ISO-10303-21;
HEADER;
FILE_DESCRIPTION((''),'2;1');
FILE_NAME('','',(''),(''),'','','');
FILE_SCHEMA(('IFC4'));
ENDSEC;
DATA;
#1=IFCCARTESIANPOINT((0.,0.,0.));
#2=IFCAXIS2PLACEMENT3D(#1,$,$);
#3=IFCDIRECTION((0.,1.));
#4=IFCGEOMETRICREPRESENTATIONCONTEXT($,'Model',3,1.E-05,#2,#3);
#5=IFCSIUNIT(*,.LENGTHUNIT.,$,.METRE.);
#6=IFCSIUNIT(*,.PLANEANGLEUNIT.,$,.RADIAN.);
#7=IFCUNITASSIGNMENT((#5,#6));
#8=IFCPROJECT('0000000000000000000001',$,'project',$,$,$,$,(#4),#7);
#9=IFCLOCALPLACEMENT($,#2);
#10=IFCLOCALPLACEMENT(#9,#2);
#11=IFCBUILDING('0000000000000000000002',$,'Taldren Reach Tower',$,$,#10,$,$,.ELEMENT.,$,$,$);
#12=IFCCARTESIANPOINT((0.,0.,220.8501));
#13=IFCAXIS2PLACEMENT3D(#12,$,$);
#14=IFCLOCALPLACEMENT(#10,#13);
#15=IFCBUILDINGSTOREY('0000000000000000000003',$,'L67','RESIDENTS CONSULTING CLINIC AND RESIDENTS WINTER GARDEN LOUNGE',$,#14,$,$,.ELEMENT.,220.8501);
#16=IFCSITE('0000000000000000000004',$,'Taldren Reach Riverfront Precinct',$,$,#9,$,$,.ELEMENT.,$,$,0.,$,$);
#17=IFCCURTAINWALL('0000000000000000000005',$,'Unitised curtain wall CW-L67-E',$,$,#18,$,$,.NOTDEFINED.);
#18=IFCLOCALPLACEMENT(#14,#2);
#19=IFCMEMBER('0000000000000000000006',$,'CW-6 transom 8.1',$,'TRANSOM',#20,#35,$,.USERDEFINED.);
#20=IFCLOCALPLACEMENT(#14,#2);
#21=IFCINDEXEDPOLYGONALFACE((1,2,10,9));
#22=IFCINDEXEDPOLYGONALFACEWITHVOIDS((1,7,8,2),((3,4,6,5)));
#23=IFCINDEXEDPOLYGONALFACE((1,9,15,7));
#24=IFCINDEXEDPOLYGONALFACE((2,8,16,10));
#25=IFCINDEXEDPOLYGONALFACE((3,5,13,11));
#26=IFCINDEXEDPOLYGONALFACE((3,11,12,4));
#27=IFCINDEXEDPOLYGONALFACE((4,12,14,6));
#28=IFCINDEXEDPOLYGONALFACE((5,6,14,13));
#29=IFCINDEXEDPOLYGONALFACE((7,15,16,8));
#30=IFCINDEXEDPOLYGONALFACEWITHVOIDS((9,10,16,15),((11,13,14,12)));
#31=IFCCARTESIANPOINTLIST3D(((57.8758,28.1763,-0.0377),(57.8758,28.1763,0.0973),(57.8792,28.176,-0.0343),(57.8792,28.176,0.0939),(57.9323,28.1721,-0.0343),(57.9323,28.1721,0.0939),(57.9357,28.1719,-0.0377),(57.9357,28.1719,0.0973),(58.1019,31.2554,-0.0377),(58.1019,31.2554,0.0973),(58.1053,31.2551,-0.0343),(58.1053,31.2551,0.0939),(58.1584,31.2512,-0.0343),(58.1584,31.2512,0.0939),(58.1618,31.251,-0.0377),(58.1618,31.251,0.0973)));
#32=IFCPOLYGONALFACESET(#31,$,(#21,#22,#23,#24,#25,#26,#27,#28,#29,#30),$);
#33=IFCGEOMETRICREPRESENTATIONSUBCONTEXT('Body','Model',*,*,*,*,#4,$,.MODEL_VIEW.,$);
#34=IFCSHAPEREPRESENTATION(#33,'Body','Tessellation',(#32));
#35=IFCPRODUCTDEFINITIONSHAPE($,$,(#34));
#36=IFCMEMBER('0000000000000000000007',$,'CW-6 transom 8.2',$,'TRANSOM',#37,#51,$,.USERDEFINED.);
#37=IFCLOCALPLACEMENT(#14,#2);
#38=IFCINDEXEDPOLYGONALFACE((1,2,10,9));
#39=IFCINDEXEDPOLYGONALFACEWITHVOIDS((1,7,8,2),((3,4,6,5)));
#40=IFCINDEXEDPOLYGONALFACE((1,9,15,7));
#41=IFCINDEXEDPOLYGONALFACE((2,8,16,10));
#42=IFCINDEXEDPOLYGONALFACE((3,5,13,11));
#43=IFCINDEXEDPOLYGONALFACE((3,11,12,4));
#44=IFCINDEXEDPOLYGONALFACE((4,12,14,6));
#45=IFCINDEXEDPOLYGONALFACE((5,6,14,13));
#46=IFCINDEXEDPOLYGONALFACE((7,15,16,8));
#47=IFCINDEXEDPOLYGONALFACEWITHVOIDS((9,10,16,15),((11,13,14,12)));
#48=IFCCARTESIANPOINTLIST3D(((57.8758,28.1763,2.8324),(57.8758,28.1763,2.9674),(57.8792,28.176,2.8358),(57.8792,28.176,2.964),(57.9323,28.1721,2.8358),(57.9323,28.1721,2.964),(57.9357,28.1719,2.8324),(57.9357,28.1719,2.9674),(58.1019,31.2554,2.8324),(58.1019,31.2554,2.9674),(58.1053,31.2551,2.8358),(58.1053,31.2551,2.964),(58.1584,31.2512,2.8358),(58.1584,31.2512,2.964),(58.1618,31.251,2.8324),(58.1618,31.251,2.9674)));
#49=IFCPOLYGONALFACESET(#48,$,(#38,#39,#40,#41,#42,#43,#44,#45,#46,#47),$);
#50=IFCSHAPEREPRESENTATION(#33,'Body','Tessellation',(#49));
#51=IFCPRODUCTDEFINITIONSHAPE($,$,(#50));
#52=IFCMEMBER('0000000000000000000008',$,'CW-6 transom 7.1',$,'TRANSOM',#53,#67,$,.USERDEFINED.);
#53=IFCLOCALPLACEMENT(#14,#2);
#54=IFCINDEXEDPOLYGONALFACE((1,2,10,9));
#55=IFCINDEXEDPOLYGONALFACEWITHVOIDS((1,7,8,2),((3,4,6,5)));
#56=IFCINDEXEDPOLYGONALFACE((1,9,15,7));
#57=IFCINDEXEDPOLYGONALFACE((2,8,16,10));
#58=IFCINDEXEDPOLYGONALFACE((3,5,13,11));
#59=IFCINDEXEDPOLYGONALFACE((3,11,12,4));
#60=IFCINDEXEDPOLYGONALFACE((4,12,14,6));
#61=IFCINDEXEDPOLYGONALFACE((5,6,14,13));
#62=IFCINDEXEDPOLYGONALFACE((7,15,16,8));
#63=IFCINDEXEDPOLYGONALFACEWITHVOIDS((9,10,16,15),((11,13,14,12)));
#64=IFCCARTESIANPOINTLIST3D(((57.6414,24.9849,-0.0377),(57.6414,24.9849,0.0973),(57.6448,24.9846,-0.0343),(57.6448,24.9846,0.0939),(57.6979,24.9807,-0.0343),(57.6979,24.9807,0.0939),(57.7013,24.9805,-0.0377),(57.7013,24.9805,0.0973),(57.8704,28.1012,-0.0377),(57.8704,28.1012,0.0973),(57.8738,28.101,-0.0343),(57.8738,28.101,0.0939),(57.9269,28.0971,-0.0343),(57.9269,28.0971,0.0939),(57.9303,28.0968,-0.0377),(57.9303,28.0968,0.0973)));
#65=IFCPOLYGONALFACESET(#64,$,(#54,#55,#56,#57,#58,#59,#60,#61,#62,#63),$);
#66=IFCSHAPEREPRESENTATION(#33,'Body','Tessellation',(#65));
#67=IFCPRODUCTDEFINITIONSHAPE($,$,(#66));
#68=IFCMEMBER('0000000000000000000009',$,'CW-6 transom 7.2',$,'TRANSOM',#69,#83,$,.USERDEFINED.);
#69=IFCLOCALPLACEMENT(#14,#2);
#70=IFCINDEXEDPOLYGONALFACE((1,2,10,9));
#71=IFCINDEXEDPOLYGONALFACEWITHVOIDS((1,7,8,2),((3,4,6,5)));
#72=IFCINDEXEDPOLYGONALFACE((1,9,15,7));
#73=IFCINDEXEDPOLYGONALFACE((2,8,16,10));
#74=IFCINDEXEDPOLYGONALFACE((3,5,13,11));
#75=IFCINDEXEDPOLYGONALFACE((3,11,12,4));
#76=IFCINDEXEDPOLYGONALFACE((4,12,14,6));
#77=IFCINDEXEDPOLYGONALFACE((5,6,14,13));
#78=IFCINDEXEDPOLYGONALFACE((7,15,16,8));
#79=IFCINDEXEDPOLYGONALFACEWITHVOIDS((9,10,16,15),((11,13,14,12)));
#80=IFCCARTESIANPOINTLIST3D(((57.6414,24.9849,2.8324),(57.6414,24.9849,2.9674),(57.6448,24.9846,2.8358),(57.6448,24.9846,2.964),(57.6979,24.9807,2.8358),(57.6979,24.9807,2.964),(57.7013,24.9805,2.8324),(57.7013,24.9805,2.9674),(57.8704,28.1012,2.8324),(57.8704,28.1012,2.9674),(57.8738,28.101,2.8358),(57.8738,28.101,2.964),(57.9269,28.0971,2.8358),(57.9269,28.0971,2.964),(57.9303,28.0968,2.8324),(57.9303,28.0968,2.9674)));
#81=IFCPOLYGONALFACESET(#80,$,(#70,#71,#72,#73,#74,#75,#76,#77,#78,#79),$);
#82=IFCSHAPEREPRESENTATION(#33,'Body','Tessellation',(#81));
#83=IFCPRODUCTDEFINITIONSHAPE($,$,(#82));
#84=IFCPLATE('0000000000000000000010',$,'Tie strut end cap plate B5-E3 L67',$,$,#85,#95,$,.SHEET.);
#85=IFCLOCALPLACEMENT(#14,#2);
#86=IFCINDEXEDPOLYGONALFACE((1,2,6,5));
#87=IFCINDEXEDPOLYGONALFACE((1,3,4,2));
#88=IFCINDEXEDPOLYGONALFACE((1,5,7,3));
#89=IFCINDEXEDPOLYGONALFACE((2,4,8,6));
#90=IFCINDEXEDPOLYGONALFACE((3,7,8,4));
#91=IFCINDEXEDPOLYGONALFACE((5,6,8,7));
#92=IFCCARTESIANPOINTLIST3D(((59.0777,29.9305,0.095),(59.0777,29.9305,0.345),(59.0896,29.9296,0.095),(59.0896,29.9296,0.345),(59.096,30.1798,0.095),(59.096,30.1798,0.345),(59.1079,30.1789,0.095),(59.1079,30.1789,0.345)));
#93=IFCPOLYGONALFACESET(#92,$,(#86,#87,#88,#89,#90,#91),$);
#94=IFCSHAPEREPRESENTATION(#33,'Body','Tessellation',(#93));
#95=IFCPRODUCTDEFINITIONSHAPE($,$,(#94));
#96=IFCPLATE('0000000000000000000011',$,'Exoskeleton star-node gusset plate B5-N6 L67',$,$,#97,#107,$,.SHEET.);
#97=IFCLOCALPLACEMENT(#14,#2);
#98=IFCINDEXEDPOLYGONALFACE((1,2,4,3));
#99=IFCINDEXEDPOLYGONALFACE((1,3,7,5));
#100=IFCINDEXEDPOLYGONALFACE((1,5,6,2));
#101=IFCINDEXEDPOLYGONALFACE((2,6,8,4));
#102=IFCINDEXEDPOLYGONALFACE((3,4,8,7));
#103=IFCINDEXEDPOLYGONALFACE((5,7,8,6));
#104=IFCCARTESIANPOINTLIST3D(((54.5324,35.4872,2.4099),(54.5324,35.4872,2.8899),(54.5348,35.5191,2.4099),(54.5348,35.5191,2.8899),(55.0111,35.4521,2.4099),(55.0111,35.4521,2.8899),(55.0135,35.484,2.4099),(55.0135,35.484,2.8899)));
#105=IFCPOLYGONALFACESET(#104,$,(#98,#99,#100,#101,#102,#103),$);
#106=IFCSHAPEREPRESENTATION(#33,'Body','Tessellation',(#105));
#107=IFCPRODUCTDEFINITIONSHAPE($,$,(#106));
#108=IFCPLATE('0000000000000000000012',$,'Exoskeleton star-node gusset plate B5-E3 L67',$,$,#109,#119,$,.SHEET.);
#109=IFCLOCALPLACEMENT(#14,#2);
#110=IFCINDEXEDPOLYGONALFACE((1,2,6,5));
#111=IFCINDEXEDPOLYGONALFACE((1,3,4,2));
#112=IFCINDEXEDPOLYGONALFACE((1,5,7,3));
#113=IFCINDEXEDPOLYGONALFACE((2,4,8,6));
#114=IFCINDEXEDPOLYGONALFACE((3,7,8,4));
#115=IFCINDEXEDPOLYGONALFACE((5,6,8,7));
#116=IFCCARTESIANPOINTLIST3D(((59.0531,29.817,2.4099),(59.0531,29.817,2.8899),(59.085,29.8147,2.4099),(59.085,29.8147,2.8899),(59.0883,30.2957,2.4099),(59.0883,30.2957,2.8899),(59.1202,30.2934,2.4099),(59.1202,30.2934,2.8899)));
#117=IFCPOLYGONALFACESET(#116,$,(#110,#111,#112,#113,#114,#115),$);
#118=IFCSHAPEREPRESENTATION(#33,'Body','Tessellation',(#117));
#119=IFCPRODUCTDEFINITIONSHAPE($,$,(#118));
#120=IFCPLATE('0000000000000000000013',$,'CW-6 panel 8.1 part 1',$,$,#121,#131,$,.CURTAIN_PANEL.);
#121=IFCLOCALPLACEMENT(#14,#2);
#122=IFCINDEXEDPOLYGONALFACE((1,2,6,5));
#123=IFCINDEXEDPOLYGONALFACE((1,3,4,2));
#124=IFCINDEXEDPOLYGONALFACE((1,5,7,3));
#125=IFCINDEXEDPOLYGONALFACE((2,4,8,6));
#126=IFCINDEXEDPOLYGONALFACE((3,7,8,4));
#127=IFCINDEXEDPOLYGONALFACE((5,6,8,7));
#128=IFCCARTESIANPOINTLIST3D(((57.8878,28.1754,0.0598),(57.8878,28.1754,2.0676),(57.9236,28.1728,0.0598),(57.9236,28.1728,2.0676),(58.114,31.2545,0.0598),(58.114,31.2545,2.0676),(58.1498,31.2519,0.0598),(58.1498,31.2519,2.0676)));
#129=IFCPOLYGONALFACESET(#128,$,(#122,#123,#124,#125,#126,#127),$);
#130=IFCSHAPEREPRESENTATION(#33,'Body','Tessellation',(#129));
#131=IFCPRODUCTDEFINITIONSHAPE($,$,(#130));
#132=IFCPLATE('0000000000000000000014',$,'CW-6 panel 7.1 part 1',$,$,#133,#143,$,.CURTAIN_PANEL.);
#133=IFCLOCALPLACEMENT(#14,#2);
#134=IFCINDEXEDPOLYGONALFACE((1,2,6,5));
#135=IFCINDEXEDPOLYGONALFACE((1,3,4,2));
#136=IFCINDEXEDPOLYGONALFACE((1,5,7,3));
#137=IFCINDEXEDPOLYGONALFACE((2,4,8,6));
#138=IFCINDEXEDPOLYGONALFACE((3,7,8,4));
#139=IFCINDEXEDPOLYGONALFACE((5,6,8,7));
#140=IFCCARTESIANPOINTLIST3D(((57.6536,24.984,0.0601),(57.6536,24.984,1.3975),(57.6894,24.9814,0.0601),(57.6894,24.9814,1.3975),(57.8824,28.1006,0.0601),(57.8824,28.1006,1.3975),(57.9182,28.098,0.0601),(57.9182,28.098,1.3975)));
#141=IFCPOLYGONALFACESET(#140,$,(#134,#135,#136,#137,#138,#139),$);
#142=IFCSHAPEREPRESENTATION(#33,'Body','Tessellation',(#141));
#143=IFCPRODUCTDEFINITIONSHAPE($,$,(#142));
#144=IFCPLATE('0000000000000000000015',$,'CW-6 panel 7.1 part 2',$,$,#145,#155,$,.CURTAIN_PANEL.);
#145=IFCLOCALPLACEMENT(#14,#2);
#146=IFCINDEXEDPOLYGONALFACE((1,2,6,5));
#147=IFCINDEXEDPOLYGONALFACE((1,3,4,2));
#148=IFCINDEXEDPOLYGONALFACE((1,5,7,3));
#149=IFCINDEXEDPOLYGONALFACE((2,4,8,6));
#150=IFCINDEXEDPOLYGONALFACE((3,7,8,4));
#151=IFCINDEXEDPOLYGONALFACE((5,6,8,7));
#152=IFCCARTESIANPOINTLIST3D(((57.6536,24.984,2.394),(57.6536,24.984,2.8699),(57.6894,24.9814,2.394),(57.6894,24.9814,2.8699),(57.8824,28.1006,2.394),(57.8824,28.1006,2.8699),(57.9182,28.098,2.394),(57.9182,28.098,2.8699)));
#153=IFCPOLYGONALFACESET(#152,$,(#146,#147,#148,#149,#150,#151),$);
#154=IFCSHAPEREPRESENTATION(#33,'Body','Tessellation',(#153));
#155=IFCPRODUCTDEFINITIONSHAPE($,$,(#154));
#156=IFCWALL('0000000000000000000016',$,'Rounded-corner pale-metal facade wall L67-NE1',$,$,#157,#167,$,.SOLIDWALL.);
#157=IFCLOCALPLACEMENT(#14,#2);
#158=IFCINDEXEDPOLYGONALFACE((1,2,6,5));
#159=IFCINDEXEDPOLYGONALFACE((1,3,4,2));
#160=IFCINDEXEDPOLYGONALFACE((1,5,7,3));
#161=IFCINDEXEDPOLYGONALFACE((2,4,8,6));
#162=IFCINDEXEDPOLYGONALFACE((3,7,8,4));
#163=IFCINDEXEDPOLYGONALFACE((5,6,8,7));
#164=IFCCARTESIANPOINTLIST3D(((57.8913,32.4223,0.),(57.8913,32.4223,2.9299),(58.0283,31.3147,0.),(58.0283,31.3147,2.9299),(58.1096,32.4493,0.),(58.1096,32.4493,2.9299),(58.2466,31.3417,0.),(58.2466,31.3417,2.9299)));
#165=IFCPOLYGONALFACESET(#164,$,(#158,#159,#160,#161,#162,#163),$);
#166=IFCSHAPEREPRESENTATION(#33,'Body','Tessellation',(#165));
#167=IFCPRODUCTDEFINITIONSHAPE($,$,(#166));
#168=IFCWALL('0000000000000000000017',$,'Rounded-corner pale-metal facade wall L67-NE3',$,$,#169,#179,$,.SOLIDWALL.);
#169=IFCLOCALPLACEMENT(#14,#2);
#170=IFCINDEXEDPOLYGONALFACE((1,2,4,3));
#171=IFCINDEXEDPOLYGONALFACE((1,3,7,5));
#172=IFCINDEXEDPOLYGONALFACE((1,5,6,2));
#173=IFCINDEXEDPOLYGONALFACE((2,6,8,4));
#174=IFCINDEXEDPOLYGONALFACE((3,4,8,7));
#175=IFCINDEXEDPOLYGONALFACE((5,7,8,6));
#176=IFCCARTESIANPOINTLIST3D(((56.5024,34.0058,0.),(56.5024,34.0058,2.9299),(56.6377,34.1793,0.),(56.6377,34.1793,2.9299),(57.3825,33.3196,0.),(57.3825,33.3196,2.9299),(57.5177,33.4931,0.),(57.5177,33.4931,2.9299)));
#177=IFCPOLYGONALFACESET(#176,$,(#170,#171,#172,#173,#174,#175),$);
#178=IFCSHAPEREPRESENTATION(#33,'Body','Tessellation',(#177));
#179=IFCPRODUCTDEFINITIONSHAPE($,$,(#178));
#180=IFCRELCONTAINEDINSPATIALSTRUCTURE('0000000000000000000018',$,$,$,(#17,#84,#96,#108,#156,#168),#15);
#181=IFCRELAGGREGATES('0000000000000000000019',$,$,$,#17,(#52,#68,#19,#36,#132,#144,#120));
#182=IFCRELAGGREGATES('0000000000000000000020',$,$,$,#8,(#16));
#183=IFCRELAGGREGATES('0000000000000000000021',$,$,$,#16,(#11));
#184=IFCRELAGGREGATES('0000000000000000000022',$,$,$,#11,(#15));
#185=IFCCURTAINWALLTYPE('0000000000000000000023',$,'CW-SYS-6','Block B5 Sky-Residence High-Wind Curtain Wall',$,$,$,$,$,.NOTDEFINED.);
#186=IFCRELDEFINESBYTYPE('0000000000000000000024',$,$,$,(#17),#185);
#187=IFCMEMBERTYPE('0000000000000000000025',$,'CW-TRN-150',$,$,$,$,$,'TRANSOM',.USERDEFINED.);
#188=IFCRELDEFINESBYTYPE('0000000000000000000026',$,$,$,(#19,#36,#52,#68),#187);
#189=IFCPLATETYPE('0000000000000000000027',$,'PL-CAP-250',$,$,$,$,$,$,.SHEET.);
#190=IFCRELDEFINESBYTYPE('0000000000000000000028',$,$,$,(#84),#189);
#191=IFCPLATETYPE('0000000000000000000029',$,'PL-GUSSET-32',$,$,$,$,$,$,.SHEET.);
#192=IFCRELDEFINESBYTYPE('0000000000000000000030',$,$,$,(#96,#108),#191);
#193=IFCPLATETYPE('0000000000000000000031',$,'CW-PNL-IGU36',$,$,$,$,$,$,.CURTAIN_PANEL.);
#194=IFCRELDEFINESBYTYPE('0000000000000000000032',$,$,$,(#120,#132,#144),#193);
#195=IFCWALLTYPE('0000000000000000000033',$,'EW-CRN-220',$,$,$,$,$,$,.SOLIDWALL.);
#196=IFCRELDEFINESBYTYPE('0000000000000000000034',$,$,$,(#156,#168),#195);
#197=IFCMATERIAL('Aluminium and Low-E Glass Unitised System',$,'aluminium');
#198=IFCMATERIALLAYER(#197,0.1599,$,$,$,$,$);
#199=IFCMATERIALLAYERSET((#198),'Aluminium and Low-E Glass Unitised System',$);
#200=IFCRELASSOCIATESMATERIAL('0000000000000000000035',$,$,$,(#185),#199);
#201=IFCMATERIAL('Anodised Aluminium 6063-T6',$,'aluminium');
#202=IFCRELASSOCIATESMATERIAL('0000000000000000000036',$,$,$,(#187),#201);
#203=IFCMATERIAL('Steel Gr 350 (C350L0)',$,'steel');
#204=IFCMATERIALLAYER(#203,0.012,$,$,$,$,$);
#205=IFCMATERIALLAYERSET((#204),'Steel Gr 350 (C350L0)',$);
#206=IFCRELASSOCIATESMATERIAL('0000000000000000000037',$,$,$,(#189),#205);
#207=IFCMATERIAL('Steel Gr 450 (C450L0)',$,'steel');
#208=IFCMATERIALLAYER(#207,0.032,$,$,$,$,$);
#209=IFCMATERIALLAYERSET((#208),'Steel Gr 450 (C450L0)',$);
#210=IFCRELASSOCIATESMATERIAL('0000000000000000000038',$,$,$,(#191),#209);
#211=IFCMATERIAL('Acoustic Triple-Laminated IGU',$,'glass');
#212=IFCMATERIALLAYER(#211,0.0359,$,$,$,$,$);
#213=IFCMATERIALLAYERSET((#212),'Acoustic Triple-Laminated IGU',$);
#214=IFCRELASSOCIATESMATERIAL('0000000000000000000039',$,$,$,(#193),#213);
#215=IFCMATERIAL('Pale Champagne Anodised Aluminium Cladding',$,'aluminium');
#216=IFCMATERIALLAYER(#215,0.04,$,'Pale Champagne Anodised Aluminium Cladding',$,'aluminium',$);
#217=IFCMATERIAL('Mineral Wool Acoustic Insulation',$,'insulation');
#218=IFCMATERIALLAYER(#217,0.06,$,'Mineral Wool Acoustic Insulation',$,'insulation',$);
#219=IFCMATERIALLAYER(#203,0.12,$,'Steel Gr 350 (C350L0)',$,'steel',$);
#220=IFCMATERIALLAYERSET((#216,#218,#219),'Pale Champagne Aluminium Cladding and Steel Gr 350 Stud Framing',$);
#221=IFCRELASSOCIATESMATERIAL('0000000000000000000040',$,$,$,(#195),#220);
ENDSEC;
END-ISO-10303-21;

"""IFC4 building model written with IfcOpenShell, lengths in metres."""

from ifc_helpers import new_model, si_unit, direction, frame, frame_2d, origin, origin_2d, place, context, subcontext, project, spatial, rectangle, hollow_rectangle, extrude, source, transform, mapped, material, layer, layer_set, material_profile, profile_set, type_object, element, aggregate, save


model = new_model("IFC4")

# Units and contexts
model_context = context("Model", 3, precision=1e-05, world=origin(), true_north=direction((0.0, 1.0)))
body_context = subcontext(model_context, "Body", "Model", "MODEL_VIEW")
ifc_project = project(units=[si_unit("LENGTHUNIT", "METRE"), si_unit("PLANEANGLEUNIT", "RADIAN")], contexts=[model_context])

# Site, building, storey
site_placement = place(None, origin())
site = spatial("IfcSite", under=ifc_project, at=site_placement, Name="Taldren Reach Riverfront Precinct", CompositionType="ELEMENT", RefElevation=0.0)
building_placement = place(site_placement, origin())
building = spatial("IfcBuilding", under=site, at=building_placement, Name="Taldren Reach Tower", CompositionType="ELEMENT")
storey_placement = place(building_placement, frame((0.0, 0.0, 220.8501)))
storey = spatial("IfcBuildingStorey", under=building, at=storey_placement, Name="L67", Description="RESIDENTS CONSULTING CLINIC AND RESIDENTS WINTER GARDEN LOUNGE", CompositionType="ELEMENT", Elevation=220.8501)

# Shared definitions
ifc_material_1 = material(Name="Steel Gr 350 (C350L0)", Category="steel")

# Shared definitions
ifc_material_2 = material(Name="Steel Gr 450 (C450L0)", Category="steel")

# Shared definitions
ifc_material_3 = material(Name="Aluminium and Low-E Glass Unitised System", Category="aluminium")
ifc_layer_1 = layer(ifc_material_3, 0.1599)
ifc_layer_set_1 = layer_set([ifc_layer_1], Name="Aluminium and Low-E Glass Unitised System")
curtain_wall_type = type_object("IfcCurtainWallType", Name="CW-SYS-6", Description="Block B5 Sky-Residence High-Wind Curtain Wall", PredefinedType="NOTDEFINED", material=ifc_layer_set_1)
ifc_material_4 = material(Name="Anodised Aluminium 6063-T6", Category="aluminium")

# Curtain wall
curtain_wall_1_placement = place(storey_placement, origin())
curtain_wall_1 = element("IfcCurtainWall", 1, at=curtain_wall_1_placement, inside=storey, type_object=curtain_wall_type, Name="Unitised curtain wall CW-L67-E", PredefinedType="NOTDEFINED")

# Members
ifc_material_profile_1 = material_profile(ifc_material_4, hollow_rectangle(XDim=0.0601, YDim=0.135, WallThickness=0.0034, at=origin_2d()), Name="ALU-135x60x3.5RHS")
ifc_profile_set_1 = profile_set([ifc_material_profile_1], Name="Anodised Aluminium 6063-T6")
member_type_1 = type_object("IfcMemberType", Name="CW-TRN-150", ElementType="TRANSOM", PredefinedType="USERDEFINED", material=ifc_profile_set_1)
shared_shape_1 = source(origin(), body_context, "Body", "SweptSolid", [
    extrude(hollow_rectangle(XDim=0.0601, YDim=0.135, WallThickness=0.0034, at=origin_2d()), origin(), (0.0, 0.0, 1.0), 3.0874),
])
member_1_placement = place(storey_placement, frame((57.9058, 28.1741, 0.0298), z_axis=(0.073225, 0.997315, 0.0), x_axis=(-0.997315, 0.073225, 0.0)))
member_1 = element("IfcMember", 2, at=member_1_placement, type_object=member_type_1, Name="CW-6 transom 8.1", ObjectType="TRANSOM", PredefinedType="USERDEFINED", context=body_context, shape_type="MappedRepresentation", body=[
    mapped(shared_shape_1, transform((0.0, 0.0, 0.0), scale=1.0)),
])
member_2_placement = place(storey_placement, frame((57.9058, 28.1741, 2.8999), z_axis=(0.073225, 0.997315, 0.0), x_axis=(-0.997315, 0.073225, 0.0)))
member_2 = element("IfcMember", 3, at=member_2_placement, type_object=member_type_1, Name="CW-6 transom 8.2", ObjectType="TRANSOM", PredefinedType="USERDEFINED", context=body_context, shape_type="MappedRepresentation", body=[
    mapped(shared_shape_1, transform((0.0, 0.0, 0.0), scale=1.0)),
])
shared_shape_2 = source(origin(), body_context, "Body", "SweptSolid", [
    extrude(hollow_rectangle(XDim=0.0601, YDim=0.135, WallThickness=0.0034, at=origin_2d()), origin(), (0.0, 0.0, 1.0), 3.1248),
])
member_3_placement = place(storey_placement, frame((57.6714, 24.9827, 0.0298), z_axis=(0.073285, 0.997311, 0.0), x_axis=(-0.997311, 0.073285, 0.0)))
member_3 = element("IfcMember", 4, at=member_3_placement, type_object=member_type_1, Name="CW-6 transom 7.1", ObjectType="TRANSOM", PredefinedType="USERDEFINED", context=body_context, shape_type="MappedRepresentation", body=[
    mapped(shared_shape_2, transform((0.0, 0.0, 0.0), scale=1.0)),
])
member_4_placement = place(storey_placement, frame((57.6714, 24.9827, 2.8999), z_axis=(0.073285, 0.997311, 0.0), x_axis=(-0.997311, 0.073285, 0.0)))
member_4 = element("IfcMember", 5, at=member_4_placement, type_object=member_type_1, Name="CW-6 transom 7.2", ObjectType="TRANSOM", PredefinedType="USERDEFINED", context=body_context, shape_type="MappedRepresentation", body=[
    mapped(shared_shape_2, transform((0.0, 0.0, 0.0), scale=1.0)),
])

# Plates
ifc_layer_2 = layer(ifc_material_1, 0.012)
ifc_layer_set_2 = layer_set([ifc_layer_2], Name="Steel Gr 350 (C350L0)")
plate_type_1 = type_object("IfcPlateType", Name="PL-CAP-250", PredefinedType="SHEET", material=ifc_layer_set_2)
shared_shape_3 = source(origin(), body_context, "Body", "SweptSolid", [
    extrude(rectangle(XDim=0.012, YDim=0.25, at=origin_2d()), origin(), (0.0, 0.0, 1.0), 0.25),
])
plate_1_placement = place(storey_placement, frame((59.0928, 30.0547, 0.095), z_axis=(0.0, 0.0, 1.0), x_axis=(0.997314, -0.073238, 0.0)))
element("IfcPlate", 6, at=plate_1_placement, inside=storey, type_object=plate_type_1, Name="Tie strut end cap plate B5-E3 L67", PredefinedType="SHEET", context=body_context, shape_type="MappedRepresentation", body=[
    mapped(shared_shape_3, transform((0.0, 0.0, 0.0), scale=1.0)),
])
ifc_layer_3 = layer(ifc_material_2, 0.032)
ifc_layer_set_3 = layer_set([ifc_layer_3], Name="Steel Gr 450 (C450L0)")
plate_type_2 = type_object("IfcPlateType", Name="PL-GUSSET-32", PredefinedType="SHEET", material=ifc_layer_set_3)
shared_shape_4 = source(origin(), body_context, "Body", "SweptSolid", [
    extrude(rectangle(XDim=0.48, YDim=0.032, at=origin_2d()), origin(), (0.0, 0.0, 1.0), 0.48),
])
for number, where, z_axis, x_axis, name in (
    (7, (54.7729, 35.4856, 2.4099), (0.0, 0.0, 1.0), (0.997314, -0.073238, 0.0), "Exoskeleton star-node gusset plate B5-N6 L67"),
    (8, (59.0867, 30.0552, 2.4099), (0.0, 0.0, 1.0), (0.073238, 0.997314, 0.0), "Exoskeleton star-node gusset plate B5-E3 L67"),
):
    element("IfcPlate", number, at=place(storey_placement, frame(where, z_axis=z_axis, x_axis=x_axis)), inside=storey, type_object=plate_type_2, Name=name, PredefinedType="SHEET", context=body_context, shape_type="MappedRepresentation", body=[
        mapped(shared_shape_4, transform((0.0, 0.0, 0.0), scale=1.0)),
    ])

# Plates
ifc_material_5 = material(Name="Acoustic Triple-Laminated IGU", Category="glass")
ifc_layer_4 = layer(ifc_material_5, 0.0359)
ifc_layer_set_4 = layer_set([ifc_layer_4], Name="Acoustic Triple-Laminated IGU")
plate_type_3 = type_object("IfcPlateType", Name="CW-PNL-IGU36", PredefinedType="CURTAIN_PANEL", material=ifc_layer_set_4)
shared_shape_5 = source(origin(), body_context, "Body", "SweptSolid", [
    extrude(rectangle(XDim=3.0874, YDim=0.0359, at=origin_2d()), origin(), (0.0, 0.0, 1.0), 2.0078),
])
plate_2_placement = place(storey_placement, frame((58.0188, 29.7136, 0.0598), z_axis=(0.0, 0.0, 1.0), x_axis=(0.073238, 0.997314, 0.0)))
plate_2 = element("IfcPlate", 9, at=plate_2_placement, type_object=plate_type_3, Name="CW-6 panel 8.1 part 1", PredefinedType="CURTAIN_PANEL", context=body_context, shape_type="MappedRepresentation", body=[
    mapped(shared_shape_5, transform((0.0, 0.0, 0.0), scale=1.0)),
])
shared_shape_6 = source(origin(), body_context, "Body", "SweptSolid", [
    extrude(rectangle(XDim=3.125, YDim=0.0359, at=origin_2d()), origin(), (0.0, 0.0, 1.0), 1.3374),
])
plate_3_placement = place(storey_placement, frame((57.7859, 26.541, 0.0601), z_axis=(0.0, 0.0, 1.0), x_axis=(0.073238, 0.997314, 0.0)))
plate_3 = element("IfcPlate", 10, at=plate_3_placement, type_object=plate_type_3, Name="CW-6 panel 7.1 part 1", PredefinedType="CURTAIN_PANEL", context=body_context, shape_type="MappedRepresentation", body=[
    mapped(shared_shape_6, transform((0.0, 0.0, 0.0), scale=1.0)),
])
shared_shape_7 = source(origin(), body_context, "Body", "SweptSolid", [
    extrude(rectangle(XDim=3.125, YDim=0.0359, at=origin_2d()), origin(), (0.0, 0.0, 1.0), 0.4758),
])
plate_4_placement = place(storey_placement, frame((57.7859, 26.541, 2.394), z_axis=(0.0, 0.0, 1.0), x_axis=(0.073238, 0.997314, 0.0)))
plate_4 = element("IfcPlate", 11, at=plate_4_placement, type_object=plate_type_3, Name="CW-6 panel 7.1 part 2", PredefinedType="CURTAIN_PANEL", context=body_context, shape_type="MappedRepresentation", body=[
    mapped(shared_shape_7, transform((0.0, 0.0, 0.0), scale=1.0)),
])
aggregate(curtain_wall_1, [member_3, member_4, member_1, member_2, plate_3, plate_4, plate_2])

# Walls
ifc_material_6 = material(Name="Pale Champagne Anodised Aluminium Cladding", Category="aluminium")
ifc_layer_5 = layer(ifc_material_6, 0.04, Name="Pale Champagne Anodised Aluminium Cladding", Category="aluminium")
ifc_material_7 = material(Name="Mineral Wool Acoustic Insulation", Category="insulation")
ifc_layer_6 = layer(ifc_material_7, 0.06, Name="Mineral Wool Acoustic Insulation", Category="insulation")
ifc_layer_7 = layer(ifc_material_1, 0.12, Name="Steel Gr 350 (C350L0)", Category="steel")
ifc_layer_set_5 = layer_set([ifc_layer_5, ifc_layer_6, ifc_layer_7], Name="Pale Champagne Aluminium Cladding and Steel Gr 350 Stud Framing")
wall_type = type_object("IfcWallType", Name="EW-CRN-220", PredefinedType="SOLIDWALL", material=ifc_layer_set_5)
shared_shape_8 = source(origin(), body_context, "Body", "SweptSolid", [
    extrude(rectangle(XDim=1.116, YDim=0.22, at=frame_2d((0.5581, 0.0))), origin(), (0.0, 0.0, 1.0), 2.9299),
])
for number, where, z_axis, x_axis, name in (
    (12, (58.1375, 31.3281, 0.0), (0.0, 0.0, 1.0), (-0.122742, 0.992439, 0.0), "Rounded-corner pale-metal facade wall L67-NE1"),
    (13, (57.4502, 33.4062, 0.0), (0.0, 0.0, 1.0), (-0.788598, 0.614909, 0.0), "Rounded-corner pale-metal facade wall L67-NE3"),
):
    element("IfcWall", number, at=place(storey_placement, frame(where, z_axis=z_axis, x_axis=x_axis)), inside=storey, type_object=wall_type, Name=name, PredefinedType="SOLIDWALL", context=body_context, shape_type="MappedRepresentation", body=[
        mapped(shared_shape_8, transform((0.0, 0.0, 0.0), scale=1.0)),
    ])

save(model, "model.ifc")
